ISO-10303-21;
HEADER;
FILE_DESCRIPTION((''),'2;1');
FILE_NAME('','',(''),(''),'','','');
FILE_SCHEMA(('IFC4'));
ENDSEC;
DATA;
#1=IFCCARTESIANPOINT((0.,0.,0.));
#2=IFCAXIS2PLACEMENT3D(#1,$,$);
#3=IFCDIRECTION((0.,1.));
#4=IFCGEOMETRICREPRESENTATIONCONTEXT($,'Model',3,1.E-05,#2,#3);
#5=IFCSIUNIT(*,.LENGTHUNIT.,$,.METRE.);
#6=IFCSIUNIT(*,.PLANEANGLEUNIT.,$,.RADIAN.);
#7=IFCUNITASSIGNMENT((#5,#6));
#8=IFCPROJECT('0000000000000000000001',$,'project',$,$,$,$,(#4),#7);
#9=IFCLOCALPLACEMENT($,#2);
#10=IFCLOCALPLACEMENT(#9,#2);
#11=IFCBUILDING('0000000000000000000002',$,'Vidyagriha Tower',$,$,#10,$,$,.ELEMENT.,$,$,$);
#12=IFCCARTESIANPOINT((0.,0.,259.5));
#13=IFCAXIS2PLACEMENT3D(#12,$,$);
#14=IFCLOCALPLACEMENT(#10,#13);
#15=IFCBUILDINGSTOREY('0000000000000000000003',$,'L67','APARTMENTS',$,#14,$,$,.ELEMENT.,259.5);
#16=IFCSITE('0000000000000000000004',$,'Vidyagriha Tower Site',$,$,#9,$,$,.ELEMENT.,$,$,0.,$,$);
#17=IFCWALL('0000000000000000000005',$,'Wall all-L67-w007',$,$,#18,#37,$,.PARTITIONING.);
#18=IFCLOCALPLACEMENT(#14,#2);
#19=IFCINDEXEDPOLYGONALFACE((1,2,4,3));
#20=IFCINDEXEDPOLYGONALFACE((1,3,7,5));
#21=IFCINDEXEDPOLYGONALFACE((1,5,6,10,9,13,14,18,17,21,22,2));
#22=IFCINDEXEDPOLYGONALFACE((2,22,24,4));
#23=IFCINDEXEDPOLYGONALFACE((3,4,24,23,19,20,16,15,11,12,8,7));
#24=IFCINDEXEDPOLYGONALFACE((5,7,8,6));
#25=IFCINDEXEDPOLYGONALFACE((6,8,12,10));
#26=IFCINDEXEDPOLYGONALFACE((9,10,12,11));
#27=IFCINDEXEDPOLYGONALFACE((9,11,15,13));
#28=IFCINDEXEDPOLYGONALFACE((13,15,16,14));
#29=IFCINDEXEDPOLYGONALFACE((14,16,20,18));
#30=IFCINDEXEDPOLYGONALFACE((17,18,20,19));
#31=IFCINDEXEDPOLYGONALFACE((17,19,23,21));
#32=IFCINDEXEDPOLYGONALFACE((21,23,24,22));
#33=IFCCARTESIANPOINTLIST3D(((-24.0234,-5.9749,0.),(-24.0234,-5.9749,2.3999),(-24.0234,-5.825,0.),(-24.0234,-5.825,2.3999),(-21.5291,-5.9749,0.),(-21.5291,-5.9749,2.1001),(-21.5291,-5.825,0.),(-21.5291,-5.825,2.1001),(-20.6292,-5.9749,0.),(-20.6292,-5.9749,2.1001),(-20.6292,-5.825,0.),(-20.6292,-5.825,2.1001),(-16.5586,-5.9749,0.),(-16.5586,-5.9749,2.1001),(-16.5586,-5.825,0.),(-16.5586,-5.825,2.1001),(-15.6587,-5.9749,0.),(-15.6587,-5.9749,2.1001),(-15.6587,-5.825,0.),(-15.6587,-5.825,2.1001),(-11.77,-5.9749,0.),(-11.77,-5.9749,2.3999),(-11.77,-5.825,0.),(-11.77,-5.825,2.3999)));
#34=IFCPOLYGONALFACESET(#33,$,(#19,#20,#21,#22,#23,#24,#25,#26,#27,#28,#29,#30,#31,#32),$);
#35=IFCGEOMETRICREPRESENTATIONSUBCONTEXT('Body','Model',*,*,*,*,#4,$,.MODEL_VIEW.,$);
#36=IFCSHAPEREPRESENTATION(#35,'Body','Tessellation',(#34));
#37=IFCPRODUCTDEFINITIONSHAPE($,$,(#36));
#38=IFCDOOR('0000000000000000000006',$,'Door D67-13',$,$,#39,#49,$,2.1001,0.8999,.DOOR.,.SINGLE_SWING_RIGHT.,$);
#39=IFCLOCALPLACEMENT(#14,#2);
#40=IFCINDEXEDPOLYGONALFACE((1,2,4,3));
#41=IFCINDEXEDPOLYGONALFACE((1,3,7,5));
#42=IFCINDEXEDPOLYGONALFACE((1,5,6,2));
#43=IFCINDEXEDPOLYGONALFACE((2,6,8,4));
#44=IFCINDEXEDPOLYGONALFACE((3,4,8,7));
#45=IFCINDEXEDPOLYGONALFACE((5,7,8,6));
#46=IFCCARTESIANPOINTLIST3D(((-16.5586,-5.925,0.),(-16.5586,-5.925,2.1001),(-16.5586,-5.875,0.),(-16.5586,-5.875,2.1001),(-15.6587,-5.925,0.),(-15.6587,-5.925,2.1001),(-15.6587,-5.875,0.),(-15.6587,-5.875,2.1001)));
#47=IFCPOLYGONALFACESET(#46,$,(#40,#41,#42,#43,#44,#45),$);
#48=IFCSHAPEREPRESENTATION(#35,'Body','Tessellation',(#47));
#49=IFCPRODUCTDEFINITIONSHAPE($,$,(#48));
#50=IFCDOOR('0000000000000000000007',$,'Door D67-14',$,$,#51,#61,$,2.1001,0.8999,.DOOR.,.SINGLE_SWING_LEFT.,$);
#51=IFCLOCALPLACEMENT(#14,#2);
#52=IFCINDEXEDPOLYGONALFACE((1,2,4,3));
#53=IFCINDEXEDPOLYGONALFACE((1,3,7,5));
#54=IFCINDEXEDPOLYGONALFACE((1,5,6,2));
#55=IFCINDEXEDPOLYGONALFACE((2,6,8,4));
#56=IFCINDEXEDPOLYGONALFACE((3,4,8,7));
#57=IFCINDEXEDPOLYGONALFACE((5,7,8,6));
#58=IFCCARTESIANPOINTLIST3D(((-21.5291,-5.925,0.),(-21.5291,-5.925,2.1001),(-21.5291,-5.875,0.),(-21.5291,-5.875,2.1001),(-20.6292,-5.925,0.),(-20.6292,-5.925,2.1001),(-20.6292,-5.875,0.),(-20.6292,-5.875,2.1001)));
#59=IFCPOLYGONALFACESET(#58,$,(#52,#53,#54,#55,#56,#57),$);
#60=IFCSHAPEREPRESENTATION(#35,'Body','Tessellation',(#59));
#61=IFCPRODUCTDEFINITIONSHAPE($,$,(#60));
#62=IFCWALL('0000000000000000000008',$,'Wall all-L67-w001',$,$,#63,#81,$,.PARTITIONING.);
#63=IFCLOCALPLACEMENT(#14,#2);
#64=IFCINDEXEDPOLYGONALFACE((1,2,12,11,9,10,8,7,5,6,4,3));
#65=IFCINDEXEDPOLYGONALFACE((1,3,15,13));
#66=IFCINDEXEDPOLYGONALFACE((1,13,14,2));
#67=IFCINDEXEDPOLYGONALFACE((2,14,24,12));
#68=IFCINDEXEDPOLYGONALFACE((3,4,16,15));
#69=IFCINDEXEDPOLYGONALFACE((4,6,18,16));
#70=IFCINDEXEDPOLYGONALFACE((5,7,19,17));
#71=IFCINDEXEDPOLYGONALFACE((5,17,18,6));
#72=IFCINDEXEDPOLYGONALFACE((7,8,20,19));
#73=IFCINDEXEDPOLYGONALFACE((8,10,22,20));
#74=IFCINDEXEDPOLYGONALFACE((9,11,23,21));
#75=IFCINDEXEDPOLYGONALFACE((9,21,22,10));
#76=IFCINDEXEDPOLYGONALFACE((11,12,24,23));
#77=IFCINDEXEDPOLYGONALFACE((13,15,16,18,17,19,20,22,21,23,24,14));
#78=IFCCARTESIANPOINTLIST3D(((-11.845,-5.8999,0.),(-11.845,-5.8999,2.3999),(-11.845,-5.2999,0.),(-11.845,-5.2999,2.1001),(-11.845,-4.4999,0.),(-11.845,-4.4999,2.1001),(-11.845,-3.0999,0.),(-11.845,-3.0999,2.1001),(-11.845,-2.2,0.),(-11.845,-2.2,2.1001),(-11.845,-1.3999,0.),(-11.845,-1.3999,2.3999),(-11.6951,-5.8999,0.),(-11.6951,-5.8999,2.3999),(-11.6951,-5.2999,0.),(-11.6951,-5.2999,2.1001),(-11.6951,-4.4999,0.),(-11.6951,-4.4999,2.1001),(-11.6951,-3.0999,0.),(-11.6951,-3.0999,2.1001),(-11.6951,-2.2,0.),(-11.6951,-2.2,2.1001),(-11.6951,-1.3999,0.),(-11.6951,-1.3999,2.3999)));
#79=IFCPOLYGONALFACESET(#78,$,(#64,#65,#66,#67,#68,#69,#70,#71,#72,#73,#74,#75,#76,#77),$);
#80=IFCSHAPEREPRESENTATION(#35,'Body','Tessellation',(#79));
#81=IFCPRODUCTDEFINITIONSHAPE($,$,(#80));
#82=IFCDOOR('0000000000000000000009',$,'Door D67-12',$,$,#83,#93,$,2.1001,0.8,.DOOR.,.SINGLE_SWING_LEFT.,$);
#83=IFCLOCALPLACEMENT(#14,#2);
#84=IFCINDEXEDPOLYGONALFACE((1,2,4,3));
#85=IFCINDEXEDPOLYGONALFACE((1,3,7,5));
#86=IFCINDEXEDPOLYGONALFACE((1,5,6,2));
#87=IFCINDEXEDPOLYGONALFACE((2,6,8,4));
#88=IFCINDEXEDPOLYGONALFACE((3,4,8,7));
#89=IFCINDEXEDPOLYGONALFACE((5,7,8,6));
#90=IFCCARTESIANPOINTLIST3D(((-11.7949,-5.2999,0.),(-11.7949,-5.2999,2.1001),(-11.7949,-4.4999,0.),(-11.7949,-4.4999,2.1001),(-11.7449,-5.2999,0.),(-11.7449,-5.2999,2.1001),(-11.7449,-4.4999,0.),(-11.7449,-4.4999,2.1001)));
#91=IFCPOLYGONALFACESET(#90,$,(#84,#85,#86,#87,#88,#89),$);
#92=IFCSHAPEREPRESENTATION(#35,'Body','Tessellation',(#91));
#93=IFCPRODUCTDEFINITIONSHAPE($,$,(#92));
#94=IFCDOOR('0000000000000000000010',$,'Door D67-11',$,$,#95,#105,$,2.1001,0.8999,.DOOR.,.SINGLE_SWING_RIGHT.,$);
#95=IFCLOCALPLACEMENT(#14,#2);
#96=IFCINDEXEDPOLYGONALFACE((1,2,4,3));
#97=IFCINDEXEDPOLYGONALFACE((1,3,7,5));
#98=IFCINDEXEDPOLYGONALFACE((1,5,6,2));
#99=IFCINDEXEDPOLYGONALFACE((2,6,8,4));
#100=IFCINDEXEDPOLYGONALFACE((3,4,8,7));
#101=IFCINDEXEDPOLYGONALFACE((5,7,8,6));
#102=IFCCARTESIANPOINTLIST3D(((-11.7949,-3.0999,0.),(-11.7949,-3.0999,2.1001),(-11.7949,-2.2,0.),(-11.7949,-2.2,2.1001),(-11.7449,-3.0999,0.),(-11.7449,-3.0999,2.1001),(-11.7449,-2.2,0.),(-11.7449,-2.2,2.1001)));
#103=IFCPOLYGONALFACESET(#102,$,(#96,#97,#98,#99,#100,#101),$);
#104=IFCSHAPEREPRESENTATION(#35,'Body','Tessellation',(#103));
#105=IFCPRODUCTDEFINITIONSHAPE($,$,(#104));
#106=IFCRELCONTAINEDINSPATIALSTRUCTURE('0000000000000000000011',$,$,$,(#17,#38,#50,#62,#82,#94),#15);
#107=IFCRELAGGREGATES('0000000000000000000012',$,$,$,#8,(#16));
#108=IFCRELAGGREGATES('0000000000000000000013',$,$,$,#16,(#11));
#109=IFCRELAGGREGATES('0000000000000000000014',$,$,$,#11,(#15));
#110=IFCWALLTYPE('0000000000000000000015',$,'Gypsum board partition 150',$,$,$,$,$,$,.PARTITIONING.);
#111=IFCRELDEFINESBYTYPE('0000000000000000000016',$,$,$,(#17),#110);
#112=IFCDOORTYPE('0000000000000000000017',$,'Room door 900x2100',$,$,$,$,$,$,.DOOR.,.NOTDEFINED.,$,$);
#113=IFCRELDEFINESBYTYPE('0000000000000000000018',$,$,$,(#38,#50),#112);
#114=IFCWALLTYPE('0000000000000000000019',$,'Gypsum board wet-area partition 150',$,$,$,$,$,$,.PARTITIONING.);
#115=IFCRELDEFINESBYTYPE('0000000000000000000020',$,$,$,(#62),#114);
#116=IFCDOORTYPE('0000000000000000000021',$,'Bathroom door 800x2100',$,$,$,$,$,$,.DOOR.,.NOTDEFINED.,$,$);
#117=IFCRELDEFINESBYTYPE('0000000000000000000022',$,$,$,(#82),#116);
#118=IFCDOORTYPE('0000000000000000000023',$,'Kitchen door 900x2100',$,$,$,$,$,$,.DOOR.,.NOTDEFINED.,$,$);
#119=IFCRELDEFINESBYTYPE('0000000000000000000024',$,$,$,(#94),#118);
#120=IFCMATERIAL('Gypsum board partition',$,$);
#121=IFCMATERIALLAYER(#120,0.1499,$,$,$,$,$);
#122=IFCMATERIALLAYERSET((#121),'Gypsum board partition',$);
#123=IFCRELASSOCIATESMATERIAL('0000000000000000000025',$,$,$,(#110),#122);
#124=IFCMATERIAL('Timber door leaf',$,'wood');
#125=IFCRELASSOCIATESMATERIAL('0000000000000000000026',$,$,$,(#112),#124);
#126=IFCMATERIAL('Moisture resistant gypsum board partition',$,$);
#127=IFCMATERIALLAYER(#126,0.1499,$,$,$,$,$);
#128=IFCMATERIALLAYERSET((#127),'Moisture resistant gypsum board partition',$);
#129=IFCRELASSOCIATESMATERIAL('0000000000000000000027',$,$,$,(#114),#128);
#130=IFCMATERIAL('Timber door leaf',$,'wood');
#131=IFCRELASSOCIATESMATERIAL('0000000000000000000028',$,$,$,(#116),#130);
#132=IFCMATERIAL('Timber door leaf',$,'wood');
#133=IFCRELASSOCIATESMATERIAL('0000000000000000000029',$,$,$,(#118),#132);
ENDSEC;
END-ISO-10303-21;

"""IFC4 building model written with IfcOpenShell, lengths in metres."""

from ifc_helpers import new_model, si_unit, direction, frame, frame_2d, origin, place, context, subcontext, project, spatial, rectangle, extrude, material, layer, layer_set, type_object, element, fill, save


model = new_model("IFC4")

# Units and contexts
model_context = context("Model", 3, precision=1e-05, world=origin(), true_north=direction((0.0, 1.0)))
body_context = subcontext(model_context, "Body", "Model", "MODEL_VIEW")
ifc_project = project(units=[si_unit("LENGTHUNIT", "METRE"), si_unit("PLANEANGLEUNIT", "RADIAN")], contexts=[model_context])

# Site, building, storey
site_placement = place(None, origin())
site = spatial("IfcSite", under=ifc_project, at=site_placement, Name="Vidyagriha Tower Site", CompositionType="ELEMENT", RefElevation=0.0)
building_placement = place(site_placement, origin())
building = spatial("IfcBuilding", under=site, at=building_placement, Name="Vidyagriha Tower", CompositionType="ELEMENT")
storey_placement = place(building_placement, frame((0.0, 0.0, 259.5)))
storey = spatial("IfcBuildingStorey", under=building, at=storey_placement, Name="L67", Description="APARTMENTS", CompositionType="ELEMENT", Elevation=259.5)

# Shared definitions
ifc_material_1 = material(Name="Gypsum board partition")
ifc_layer_1 = layer(ifc_material_1, 0.1499)
ifc_layer_set_1 = layer_set([ifc_layer_1], Name="Gypsum board partition")
wall_type_1 = type_object("IfcWallType", Name="Gypsum board partition 150", PredefinedType="PARTITIONING", material=ifc_layer_set_1)

# Walls, openings, doors
wall_1_placement = place(storey_placement, frame((-24.0234, -5.8999, 0.0)))
wall_1 = element("IfcWall", 1, at=wall_1_placement, inside=storey, type_object=wall_type_1, Name="Wall all-L67-w007", PredefinedType="PARTITIONING", context=body_context, shape_type="SweptSolid", body=[
    extrude(rectangle(XDim=12.2534, YDim=0.1499, at=frame_2d((6.1267, 0.0))), origin(), (0.0, 0.0, 1.0), 2.3999),
])
opening_1_placement = place(wall_1_placement, frame((7.4648, 0.0, 0.0)))
opening_1 = element("IfcOpeningElement", 2, at=opening_1_placement, cuts=wall_1, PredefinedType="OPENING", context=body_context, shape_type="SweptSolid", body=[
    extrude(rectangle(XDim=0.8999, YDim=2.1001, at=frame_2d((0.45, 1.05))), frame((0.0, 0.085, 0.0), z_axis=(0.0, -1.0, 0.0), x_axis=(1.0, 0.0, 0.0)), (0.0, 0.0, 1.0), 0.1699),
])
opening_2_placement = place(wall_1_placement, frame((2.4944, 0.0, 0.0)))
opening_2 = element("IfcOpeningElement", 3, at=opening_2_placement, cuts=wall_1, PredefinedType="OPENING", context=body_context, shape_type="SweptSolid", body=[
    extrude(rectangle(XDim=0.8999, YDim=2.1001, at=frame_2d((0.45, 1.05))), frame((0.0, 0.085, 0.0), z_axis=(0.0, -1.0, 0.0), x_axis=(1.0, 0.0, 0.0)), (0.0, 0.0, 1.0), 0.1699),
])
ifc_material_2 = material(Name="Timber door leaf", Category="wood")
door_type_1 = type_object("IfcDoorType", Name="Room door 900x2100", OperationType="NOTDEFINED", PredefinedType="DOOR", material=ifc_material_2)
door_1_placement = place(opening_1_placement, origin())
door_1 = element("IfcDoor", 4, at=door_1_placement, inside=storey, type_object=door_type_1, Name="Door D67-13", OperationType="SINGLE_SWING_RIGHT", OverallHeight=2.1001, OverallWidth=0.8999, PredefinedType="DOOR", context=body_context, shape_type="SweptSolid", body=[
    extrude(rectangle(XDim=0.8999, YDim=2.1001, at=frame_2d((0.45, 1.05))), frame((0.0, 0.0249, 0.0), z_axis=(0.0, -1.0, 0.0), x_axis=(1.0, 0.0, 0.0)), (0.0, 0.0, 1.0), 0.05),
])
fill(opening_1, door_1)
door_2_placement = place(opening_2_placement, origin())
door_2 = element("IfcDoor", 5, at=door_2_placement, inside=storey, type_object=door_type_1, Name="Door D67-14", OperationType="SINGLE_SWING_LEFT", OverallHeight=2.1001, OverallWidth=0.8999, PredefinedType="DOOR", context=body_context, shape_type="SweptSolid", body=[
    extrude(rectangle(XDim=0.8999, YDim=2.1001, at=frame_2d((0.45, 1.05))), frame((0.0, 0.0249, 0.0), z_axis=(0.0, -1.0, 0.0), x_axis=(1.0, 0.0, 0.0)), (0.0, 0.0, 1.0), 0.05),
])
fill(opening_2, door_2)
ifc_material_3 = material(Name="Moisture resistant gypsum board partition")
ifc_layer_2 = layer(ifc_material_3, 0.1499)
ifc_layer_set_2 = layer_set([ifc_layer_2], Name="Moisture resistant gypsum board partition")
wall_type_2 = type_object("IfcWallType", Name="Gypsum board wet-area partition 150", PredefinedType="PARTITIONING", material=ifc_layer_set_2)
wall_2_placement = place(storey_placement, frame((-11.77, -5.8999, 0.0), z_axis=(0.0, 0.0, 1.0), x_axis=(0.0, 1.0, 0.0)))
wall_2 = element("IfcWall", 6, at=wall_2_placement, inside=storey, type_object=wall_type_2, Name="Wall all-L67-w001", PredefinedType="PARTITIONING", context=body_context, shape_type="SweptSolid", body=[
    extrude(rectangle(XDim=4.5, YDim=0.1499, at=frame_2d((2.25, 0.0))), origin(), (0.0, 0.0, 1.0), 2.3999),
])
opening_3_placement = place(wall_2_placement, frame((2.8, 0.0, 0.0)))
opening_3 = element("IfcOpeningElement", 7, at=opening_3_placement, cuts=wall_2, PredefinedType="OPENING", context=body_context, shape_type="SweptSolid", body=[
    extrude(rectangle(XDim=0.8999, YDim=2.1001, at=frame_2d((0.45, 1.05))), frame((0.0, 0.085, 0.0), z_axis=(0.0, -1.0, 0.0), x_axis=(1.0, 0.0, 0.0)), (0.0, 0.0, 1.0), 0.1699),
])
opening_4_placement = place(wall_2_placement, frame((0.6001, 0.0, 0.0)))
opening_4 = element("IfcOpeningElement", 8, at=opening_4_placement, cuts=wall_2, PredefinedType="OPENING", context=body_context, shape_type="SweptSolid", body=[
    extrude(rectangle(XDim=0.8, YDim=2.1001, at=frame_2d((0.3999, 1.05))), frame((0.0, 0.085, 0.0), z_axis=(0.0, -1.0, 0.0), x_axis=(1.0, 0.0, 0.0)), (0.0, 0.0, 1.0), 0.1699),
])
ifc_material_4 = material(Name="Timber door leaf", Category="wood")
door_type_2 = type_object("IfcDoorType", Name="Bathroom door 800x2100", OperationType="NOTDEFINED", PredefinedType="DOOR", material=ifc_material_4)
door_3_placement = place(opening_4_placement, origin())
door_3 = element("IfcDoor", 9, at=door_3_placement, inside=storey, type_object=door_type_2, Name="Door D67-12", OperationType="SINGLE_SWING_LEFT", OverallHeight=2.1001, OverallWidth=0.8, PredefinedType="DOOR", context=body_context, shape_type="SweptSolid", body=[
    extrude(rectangle(XDim=0.8, YDim=2.1001, at=frame_2d((0.3999, 1.05))), frame((0.0, 0.0249, 0.0), z_axis=(0.0, -1.0, 0.0), x_axis=(1.0, 0.0, 0.0)), (0.0, 0.0, 1.0), 0.05),
])
fill(opening_4, door_3)
ifc_material_5 = material(Name="Timber door leaf", Category="wood")
door_type_3 = type_object("IfcDoorType", Name="Kitchen door 900x2100", OperationType="NOTDEFINED", PredefinedType="DOOR", material=ifc_material_5)
door_4_placement = place(opening_3_placement, origin())
door_4 = element("IfcDoor", 10, at=door_4_placement, inside=storey, type_object=door_type_3, Name="Door D67-11", OperationType="SINGLE_SWING_RIGHT", OverallHeight=2.1001, OverallWidth=0.8999, PredefinedType="DOOR", context=body_context, shape_type="SweptSolid", body=[
    extrude(rectangle(XDim=0.8999, YDim=2.1001, at=frame_2d((0.45, 1.05))), frame((0.0, 0.0249, 0.0), z_axis=(0.0, -1.0, 0.0), x_axis=(1.0, 0.0, 0.0)), (0.0, 0.0, 1.0), 0.05),
])
fill(opening_3, door_4)

save(model, "model.ifc")
